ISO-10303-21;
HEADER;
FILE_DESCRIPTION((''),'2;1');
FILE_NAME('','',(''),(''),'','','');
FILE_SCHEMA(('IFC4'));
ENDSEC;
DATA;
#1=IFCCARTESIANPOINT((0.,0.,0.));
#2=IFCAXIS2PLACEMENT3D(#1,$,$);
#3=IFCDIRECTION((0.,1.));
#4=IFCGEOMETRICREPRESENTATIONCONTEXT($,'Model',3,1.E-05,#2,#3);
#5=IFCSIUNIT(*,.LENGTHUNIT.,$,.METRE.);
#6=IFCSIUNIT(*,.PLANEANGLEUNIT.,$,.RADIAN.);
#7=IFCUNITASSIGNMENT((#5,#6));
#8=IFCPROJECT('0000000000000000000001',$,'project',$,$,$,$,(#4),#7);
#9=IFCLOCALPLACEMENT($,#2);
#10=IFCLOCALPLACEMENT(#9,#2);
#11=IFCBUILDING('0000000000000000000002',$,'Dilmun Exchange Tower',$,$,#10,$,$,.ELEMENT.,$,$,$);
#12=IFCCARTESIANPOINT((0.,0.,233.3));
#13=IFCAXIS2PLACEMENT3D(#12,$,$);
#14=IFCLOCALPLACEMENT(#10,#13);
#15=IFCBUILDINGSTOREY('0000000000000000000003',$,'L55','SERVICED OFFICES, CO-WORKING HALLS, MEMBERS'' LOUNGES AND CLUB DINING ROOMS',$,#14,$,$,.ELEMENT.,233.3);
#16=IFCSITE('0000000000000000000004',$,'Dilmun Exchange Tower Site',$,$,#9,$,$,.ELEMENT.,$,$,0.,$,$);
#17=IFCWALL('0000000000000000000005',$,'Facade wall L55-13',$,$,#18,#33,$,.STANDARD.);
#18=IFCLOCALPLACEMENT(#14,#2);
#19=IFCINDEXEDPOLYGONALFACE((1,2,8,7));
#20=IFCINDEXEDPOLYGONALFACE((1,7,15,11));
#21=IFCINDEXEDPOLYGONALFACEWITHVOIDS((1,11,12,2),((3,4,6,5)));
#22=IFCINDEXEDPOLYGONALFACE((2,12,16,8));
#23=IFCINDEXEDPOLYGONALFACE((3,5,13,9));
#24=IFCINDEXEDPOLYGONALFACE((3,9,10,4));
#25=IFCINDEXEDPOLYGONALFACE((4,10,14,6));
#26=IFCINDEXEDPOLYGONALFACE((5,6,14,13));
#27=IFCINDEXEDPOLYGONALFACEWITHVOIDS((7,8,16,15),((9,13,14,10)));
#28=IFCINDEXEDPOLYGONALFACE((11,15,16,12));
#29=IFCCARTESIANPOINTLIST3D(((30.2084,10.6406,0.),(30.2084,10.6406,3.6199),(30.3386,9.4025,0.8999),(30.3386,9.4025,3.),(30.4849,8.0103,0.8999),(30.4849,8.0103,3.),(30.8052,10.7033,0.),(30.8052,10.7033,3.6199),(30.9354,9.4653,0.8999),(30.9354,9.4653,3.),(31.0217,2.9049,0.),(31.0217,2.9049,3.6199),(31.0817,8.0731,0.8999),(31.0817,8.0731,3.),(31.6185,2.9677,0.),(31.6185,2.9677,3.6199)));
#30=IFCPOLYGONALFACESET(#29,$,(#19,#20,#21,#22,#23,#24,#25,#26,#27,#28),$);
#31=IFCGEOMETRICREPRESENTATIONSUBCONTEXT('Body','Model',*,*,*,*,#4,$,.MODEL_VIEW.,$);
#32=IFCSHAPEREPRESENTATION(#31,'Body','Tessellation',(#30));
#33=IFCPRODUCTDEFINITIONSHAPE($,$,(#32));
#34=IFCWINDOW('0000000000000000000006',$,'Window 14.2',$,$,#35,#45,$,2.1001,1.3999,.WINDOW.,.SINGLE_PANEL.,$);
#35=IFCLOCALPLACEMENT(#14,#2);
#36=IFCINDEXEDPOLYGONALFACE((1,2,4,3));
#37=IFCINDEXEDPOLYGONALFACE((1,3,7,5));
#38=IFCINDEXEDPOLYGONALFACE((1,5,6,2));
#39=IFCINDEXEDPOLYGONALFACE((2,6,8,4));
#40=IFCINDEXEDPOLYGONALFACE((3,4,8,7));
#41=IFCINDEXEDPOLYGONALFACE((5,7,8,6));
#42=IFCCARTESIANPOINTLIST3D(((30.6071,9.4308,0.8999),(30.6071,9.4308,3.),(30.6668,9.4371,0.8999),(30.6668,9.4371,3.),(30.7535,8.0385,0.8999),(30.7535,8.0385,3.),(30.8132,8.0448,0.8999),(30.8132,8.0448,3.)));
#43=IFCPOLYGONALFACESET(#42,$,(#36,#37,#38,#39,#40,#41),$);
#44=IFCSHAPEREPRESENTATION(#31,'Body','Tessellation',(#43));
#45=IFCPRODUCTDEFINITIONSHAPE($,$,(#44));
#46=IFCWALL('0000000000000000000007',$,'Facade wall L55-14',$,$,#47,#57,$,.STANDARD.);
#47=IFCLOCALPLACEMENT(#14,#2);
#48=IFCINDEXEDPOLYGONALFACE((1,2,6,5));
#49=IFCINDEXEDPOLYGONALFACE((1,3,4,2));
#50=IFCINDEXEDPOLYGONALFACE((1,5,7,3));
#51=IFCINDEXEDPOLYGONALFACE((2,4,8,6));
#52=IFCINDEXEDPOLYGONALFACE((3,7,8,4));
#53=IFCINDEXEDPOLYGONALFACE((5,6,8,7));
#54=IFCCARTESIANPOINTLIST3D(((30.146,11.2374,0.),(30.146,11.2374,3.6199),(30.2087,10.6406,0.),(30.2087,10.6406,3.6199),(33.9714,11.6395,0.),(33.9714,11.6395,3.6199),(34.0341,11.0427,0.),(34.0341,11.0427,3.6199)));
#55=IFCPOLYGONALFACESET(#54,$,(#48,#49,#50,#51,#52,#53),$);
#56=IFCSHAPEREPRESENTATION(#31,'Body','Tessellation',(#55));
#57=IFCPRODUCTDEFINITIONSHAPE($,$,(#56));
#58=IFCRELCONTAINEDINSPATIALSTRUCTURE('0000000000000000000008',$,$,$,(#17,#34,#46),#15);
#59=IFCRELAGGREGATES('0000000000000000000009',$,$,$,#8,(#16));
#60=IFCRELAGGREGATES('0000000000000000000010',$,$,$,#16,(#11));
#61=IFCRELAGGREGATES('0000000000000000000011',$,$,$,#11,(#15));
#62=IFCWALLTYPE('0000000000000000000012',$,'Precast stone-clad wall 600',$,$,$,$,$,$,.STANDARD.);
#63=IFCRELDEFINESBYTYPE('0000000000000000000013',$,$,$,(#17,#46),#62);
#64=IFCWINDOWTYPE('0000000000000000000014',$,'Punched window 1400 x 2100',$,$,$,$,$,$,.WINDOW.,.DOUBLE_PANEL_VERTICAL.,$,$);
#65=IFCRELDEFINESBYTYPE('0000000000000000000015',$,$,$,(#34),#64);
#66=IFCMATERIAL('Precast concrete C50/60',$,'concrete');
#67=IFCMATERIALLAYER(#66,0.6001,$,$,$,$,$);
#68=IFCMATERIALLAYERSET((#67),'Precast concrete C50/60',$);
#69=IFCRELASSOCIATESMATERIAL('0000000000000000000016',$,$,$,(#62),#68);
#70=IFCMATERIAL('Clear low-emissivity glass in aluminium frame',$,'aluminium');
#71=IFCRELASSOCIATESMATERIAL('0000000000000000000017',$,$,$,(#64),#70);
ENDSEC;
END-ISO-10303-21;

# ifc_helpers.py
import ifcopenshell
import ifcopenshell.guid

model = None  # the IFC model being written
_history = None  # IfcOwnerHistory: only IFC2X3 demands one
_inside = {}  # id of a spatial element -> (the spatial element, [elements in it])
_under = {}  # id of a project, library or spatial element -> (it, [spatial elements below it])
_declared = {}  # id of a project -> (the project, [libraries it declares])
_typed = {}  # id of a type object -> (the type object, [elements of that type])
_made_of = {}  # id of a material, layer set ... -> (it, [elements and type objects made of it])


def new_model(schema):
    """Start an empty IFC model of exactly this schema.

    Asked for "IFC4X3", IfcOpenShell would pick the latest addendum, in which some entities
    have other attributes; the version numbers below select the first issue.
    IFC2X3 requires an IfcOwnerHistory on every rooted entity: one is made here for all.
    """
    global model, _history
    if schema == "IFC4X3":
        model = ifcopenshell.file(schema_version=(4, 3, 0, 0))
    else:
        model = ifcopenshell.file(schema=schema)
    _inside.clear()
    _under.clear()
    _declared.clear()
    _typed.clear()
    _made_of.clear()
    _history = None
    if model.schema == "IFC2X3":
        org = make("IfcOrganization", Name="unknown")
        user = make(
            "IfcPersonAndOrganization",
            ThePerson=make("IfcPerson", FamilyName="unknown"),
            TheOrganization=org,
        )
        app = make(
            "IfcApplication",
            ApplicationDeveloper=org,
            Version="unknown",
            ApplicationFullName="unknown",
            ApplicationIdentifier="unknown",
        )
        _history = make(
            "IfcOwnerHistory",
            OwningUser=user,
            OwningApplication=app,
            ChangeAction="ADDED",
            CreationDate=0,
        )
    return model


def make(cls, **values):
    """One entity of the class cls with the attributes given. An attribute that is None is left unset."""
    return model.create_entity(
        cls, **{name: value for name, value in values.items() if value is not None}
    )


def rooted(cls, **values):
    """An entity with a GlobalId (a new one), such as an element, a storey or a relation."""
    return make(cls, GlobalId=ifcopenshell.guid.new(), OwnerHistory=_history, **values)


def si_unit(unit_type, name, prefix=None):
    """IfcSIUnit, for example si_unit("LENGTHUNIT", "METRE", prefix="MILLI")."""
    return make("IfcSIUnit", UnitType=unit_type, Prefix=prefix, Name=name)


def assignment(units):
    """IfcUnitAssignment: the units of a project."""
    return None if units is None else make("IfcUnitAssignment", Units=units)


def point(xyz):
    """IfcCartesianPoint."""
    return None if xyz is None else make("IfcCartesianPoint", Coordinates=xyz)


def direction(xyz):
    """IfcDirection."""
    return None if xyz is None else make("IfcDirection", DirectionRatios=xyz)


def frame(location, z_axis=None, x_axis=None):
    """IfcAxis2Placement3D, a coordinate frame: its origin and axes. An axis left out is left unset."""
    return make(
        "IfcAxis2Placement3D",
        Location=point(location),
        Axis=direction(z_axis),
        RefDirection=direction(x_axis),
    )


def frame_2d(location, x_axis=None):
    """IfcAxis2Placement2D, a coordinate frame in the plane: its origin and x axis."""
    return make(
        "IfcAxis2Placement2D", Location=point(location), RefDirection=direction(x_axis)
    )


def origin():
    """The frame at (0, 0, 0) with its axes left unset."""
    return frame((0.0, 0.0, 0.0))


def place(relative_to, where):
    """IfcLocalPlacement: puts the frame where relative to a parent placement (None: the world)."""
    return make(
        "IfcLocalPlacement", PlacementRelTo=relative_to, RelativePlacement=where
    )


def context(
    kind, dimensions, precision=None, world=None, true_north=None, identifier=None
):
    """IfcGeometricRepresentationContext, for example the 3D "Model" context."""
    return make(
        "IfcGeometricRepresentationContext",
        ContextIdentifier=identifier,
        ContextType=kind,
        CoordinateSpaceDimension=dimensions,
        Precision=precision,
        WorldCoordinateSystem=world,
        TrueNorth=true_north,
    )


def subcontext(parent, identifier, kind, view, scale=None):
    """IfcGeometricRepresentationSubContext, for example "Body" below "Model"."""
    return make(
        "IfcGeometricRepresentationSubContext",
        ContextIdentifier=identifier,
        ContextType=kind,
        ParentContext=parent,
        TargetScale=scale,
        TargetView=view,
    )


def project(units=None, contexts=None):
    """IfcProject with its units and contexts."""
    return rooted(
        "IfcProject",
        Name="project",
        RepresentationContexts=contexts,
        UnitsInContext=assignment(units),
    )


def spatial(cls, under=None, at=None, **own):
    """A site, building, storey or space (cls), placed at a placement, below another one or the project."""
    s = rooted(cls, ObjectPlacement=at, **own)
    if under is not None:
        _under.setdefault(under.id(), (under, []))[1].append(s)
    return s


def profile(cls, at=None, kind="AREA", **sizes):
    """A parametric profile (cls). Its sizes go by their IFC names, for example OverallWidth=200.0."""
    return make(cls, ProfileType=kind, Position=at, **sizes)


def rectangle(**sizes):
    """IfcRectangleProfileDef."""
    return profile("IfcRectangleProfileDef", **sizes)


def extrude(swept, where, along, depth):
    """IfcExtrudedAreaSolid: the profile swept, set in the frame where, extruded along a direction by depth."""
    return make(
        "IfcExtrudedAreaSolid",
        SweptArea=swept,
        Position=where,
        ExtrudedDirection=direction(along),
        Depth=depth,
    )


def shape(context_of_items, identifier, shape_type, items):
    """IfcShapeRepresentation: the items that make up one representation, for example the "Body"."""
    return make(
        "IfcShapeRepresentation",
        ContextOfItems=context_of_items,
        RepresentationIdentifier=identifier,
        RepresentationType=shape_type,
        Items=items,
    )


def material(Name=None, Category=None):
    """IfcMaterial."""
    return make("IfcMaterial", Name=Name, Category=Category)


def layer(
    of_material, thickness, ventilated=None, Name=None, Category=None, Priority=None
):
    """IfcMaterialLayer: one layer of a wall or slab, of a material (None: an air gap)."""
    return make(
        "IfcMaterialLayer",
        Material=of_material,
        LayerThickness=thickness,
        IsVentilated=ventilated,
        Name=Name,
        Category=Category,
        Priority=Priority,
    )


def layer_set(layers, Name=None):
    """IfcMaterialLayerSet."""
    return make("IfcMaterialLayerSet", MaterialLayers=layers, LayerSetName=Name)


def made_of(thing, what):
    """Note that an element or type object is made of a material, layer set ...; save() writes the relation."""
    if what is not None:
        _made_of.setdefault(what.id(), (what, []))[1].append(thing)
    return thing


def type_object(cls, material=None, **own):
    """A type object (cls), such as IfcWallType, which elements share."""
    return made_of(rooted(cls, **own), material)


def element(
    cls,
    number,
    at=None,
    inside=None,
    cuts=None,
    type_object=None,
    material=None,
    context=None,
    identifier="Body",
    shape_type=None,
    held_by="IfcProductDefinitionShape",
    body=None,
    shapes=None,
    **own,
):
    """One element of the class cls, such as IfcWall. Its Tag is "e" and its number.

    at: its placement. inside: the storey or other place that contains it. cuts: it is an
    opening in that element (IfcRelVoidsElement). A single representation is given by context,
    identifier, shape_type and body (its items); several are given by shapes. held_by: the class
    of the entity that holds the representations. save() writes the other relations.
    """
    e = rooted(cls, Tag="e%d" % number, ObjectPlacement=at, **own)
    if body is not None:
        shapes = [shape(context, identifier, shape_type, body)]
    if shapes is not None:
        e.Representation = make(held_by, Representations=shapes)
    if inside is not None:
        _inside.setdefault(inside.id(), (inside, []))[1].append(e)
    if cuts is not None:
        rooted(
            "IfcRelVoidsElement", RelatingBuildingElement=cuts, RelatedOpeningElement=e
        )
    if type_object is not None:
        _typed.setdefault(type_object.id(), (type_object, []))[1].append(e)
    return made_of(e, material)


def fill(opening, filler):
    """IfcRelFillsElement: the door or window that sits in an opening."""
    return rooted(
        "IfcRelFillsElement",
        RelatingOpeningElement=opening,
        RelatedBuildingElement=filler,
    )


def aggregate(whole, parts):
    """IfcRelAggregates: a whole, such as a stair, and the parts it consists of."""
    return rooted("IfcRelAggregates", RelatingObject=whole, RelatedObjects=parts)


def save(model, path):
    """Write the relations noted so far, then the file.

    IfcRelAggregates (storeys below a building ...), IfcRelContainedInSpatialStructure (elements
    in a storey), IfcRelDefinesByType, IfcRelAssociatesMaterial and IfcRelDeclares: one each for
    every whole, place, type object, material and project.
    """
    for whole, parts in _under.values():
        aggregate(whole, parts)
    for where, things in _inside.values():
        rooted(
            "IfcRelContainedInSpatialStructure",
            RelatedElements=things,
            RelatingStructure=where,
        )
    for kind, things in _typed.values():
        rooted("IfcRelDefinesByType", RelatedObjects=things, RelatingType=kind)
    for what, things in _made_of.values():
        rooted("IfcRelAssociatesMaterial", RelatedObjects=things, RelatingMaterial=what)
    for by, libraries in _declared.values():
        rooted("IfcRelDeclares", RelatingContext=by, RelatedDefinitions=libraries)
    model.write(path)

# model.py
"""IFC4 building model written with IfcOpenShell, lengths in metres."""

from ifc_helpers import new_model, si_unit, direction, frame, frame_2d, origin, place, context, subcontext, project, spatial, rectangle, extrude, material, layer, layer_set, type_object, element, fill, save


model = new_model("IFC4")

# Units and contexts
model_context = context("Model", 3, precision=1e-05, world=origin(), true_north=direction((0.0, 1.0)))
body_context = subcontext(model_context, "Body", "Model", "MODEL_VIEW")
ifc_project = project(units=[si_unit("LENGTHUNIT", "METRE"), si_unit("PLANEANGLEUNIT", "RADIAN")], contexts=[model_context])

# Site, building, storey
site_placement = place(None, origin())
site = spatial("IfcSite", under=ifc_project, at=site_placement, Name="Dilmun Exchange Tower Site", CompositionType="ELEMENT", RefElevation=0.0)
building_placement = place(site_placement, origin())
building = spatial("IfcBuilding", under=site, at=building_placement, Name="Dilmun Exchange Tower", CompositionType="ELEMENT")
storey_placement = place(building_placement, frame((0.0, 0.0, 233.3)))
storey = spatial("IfcBuildingStorey", under=building, at=storey_placement, Name="L55", Description="SERVICED OFFICES, CO-WORKING HALLS, MEMBERS' LOUNGES AND CLUB DINING ROOMS", CompositionType="ELEMENT", Elevation=233.3)

# Shared definitions
ifc_material_1 = material(Name="Precast concrete C50/60", Category="concrete")
ifc_layer_1 = layer(ifc_material_1, 0.6001)
ifc_layer_set_1 = layer_set([ifc_layer_1], Name="Precast concrete C50/60")
wall_type_1 = type_object("IfcWallType", Name="Precast stone-clad wall 600", PredefinedType="STANDARD", material=ifc_layer_set_1)

# Wall, opening, window
wall_1_placement = place(storey_placement, frame((31.3201, 2.9363, 0.0), z_axis=(0.0, 0.0, 1.0), x_axis=(-0.104552, 0.994519, 0.0)))
wall_1 = element("IfcWall", 1, at=wall_1_placement, inside=storey, type_object=wall_type_1, Name="Facade wall L55-13", PredefinedType="STANDARD", context=body_context, shape_type="SweptSolid", body=[
    extrude(rectangle(XDim=7.7783, YDim=0.6001, at=frame_2d((3.8892, 0.0))), origin(), (0.0, 0.0, 1.0), 3.6199),
])
opening_1_placement = place(wall_1_placement, frame((5.1335, 0.0, 0.8999)))
opening_1 = element("IfcOpeningElement", 2, at=opening_1_placement, cuts=wall_1, PredefinedType="OPENING", context=body_context, shape_type="SweptSolid", body=[
    extrude(rectangle(XDim=1.3999, YDim=2.1001, at=frame_2d((0.7, 1.05))), frame((0.0, 0.3101, 0.0), z_axis=(0.0, -1.0, 0.0), x_axis=(1.0, 0.0, 0.0)), (0.0, 0.0, 1.0), 0.6201),
])
ifc_material_2 = material(Name="Clear low-emissivity glass in aluminium frame", Category="aluminium")
window_type_1 = type_object("IfcWindowType", Name="Punched window 1400 x 2100", PartitioningType="DOUBLE_PANEL_VERTICAL", PredefinedType="WINDOW", material=ifc_material_2)
window_1_placement = place(opening_1_placement, origin())
window_1 = element("IfcWindow", 3, at=window_1_placement, inside=storey, type_object=window_type_1, Name="Window 14.2", OverallHeight=2.1001, OverallWidth=1.3999, PartitioningType="SINGLE_PANEL", PredefinedType="WINDOW", context=body_context, shape_type="SweptSolid", body=[
    extrude(rectangle(XDim=1.3999, YDim=2.1001, at=frame_2d((0.7, 1.05))), frame((0.0, 0.03, 0.0), z_axis=(0.0, -1.0, 0.0), x_axis=(1.0, 0.0, 0.0)), (0.0, 0.0, 1.0), 0.0601),
])
fill(opening_1, window_1)

# Wall
wall_2_placement = place(storey_placement, frame((30.1772, 10.939, 0.0), z_axis=(0.0, 0.0, 1.0), x_axis=(0.994521, 0.104536, 0.0)))
element("IfcWall", 4, at=wall_2_placement, inside=storey, type_object=wall_type_1, Name="Facade wall L55-14", PredefinedType="STANDARD", context=body_context, shape_type="SweptSolid", body=[
    extrude(rectangle(XDim=3.8464, YDim=0.6001, at=frame_2d((1.9233, 0.0))), origin(), (0.0, 0.0, 1.0), 3.6199),
])

save(model, "model.ifc")
